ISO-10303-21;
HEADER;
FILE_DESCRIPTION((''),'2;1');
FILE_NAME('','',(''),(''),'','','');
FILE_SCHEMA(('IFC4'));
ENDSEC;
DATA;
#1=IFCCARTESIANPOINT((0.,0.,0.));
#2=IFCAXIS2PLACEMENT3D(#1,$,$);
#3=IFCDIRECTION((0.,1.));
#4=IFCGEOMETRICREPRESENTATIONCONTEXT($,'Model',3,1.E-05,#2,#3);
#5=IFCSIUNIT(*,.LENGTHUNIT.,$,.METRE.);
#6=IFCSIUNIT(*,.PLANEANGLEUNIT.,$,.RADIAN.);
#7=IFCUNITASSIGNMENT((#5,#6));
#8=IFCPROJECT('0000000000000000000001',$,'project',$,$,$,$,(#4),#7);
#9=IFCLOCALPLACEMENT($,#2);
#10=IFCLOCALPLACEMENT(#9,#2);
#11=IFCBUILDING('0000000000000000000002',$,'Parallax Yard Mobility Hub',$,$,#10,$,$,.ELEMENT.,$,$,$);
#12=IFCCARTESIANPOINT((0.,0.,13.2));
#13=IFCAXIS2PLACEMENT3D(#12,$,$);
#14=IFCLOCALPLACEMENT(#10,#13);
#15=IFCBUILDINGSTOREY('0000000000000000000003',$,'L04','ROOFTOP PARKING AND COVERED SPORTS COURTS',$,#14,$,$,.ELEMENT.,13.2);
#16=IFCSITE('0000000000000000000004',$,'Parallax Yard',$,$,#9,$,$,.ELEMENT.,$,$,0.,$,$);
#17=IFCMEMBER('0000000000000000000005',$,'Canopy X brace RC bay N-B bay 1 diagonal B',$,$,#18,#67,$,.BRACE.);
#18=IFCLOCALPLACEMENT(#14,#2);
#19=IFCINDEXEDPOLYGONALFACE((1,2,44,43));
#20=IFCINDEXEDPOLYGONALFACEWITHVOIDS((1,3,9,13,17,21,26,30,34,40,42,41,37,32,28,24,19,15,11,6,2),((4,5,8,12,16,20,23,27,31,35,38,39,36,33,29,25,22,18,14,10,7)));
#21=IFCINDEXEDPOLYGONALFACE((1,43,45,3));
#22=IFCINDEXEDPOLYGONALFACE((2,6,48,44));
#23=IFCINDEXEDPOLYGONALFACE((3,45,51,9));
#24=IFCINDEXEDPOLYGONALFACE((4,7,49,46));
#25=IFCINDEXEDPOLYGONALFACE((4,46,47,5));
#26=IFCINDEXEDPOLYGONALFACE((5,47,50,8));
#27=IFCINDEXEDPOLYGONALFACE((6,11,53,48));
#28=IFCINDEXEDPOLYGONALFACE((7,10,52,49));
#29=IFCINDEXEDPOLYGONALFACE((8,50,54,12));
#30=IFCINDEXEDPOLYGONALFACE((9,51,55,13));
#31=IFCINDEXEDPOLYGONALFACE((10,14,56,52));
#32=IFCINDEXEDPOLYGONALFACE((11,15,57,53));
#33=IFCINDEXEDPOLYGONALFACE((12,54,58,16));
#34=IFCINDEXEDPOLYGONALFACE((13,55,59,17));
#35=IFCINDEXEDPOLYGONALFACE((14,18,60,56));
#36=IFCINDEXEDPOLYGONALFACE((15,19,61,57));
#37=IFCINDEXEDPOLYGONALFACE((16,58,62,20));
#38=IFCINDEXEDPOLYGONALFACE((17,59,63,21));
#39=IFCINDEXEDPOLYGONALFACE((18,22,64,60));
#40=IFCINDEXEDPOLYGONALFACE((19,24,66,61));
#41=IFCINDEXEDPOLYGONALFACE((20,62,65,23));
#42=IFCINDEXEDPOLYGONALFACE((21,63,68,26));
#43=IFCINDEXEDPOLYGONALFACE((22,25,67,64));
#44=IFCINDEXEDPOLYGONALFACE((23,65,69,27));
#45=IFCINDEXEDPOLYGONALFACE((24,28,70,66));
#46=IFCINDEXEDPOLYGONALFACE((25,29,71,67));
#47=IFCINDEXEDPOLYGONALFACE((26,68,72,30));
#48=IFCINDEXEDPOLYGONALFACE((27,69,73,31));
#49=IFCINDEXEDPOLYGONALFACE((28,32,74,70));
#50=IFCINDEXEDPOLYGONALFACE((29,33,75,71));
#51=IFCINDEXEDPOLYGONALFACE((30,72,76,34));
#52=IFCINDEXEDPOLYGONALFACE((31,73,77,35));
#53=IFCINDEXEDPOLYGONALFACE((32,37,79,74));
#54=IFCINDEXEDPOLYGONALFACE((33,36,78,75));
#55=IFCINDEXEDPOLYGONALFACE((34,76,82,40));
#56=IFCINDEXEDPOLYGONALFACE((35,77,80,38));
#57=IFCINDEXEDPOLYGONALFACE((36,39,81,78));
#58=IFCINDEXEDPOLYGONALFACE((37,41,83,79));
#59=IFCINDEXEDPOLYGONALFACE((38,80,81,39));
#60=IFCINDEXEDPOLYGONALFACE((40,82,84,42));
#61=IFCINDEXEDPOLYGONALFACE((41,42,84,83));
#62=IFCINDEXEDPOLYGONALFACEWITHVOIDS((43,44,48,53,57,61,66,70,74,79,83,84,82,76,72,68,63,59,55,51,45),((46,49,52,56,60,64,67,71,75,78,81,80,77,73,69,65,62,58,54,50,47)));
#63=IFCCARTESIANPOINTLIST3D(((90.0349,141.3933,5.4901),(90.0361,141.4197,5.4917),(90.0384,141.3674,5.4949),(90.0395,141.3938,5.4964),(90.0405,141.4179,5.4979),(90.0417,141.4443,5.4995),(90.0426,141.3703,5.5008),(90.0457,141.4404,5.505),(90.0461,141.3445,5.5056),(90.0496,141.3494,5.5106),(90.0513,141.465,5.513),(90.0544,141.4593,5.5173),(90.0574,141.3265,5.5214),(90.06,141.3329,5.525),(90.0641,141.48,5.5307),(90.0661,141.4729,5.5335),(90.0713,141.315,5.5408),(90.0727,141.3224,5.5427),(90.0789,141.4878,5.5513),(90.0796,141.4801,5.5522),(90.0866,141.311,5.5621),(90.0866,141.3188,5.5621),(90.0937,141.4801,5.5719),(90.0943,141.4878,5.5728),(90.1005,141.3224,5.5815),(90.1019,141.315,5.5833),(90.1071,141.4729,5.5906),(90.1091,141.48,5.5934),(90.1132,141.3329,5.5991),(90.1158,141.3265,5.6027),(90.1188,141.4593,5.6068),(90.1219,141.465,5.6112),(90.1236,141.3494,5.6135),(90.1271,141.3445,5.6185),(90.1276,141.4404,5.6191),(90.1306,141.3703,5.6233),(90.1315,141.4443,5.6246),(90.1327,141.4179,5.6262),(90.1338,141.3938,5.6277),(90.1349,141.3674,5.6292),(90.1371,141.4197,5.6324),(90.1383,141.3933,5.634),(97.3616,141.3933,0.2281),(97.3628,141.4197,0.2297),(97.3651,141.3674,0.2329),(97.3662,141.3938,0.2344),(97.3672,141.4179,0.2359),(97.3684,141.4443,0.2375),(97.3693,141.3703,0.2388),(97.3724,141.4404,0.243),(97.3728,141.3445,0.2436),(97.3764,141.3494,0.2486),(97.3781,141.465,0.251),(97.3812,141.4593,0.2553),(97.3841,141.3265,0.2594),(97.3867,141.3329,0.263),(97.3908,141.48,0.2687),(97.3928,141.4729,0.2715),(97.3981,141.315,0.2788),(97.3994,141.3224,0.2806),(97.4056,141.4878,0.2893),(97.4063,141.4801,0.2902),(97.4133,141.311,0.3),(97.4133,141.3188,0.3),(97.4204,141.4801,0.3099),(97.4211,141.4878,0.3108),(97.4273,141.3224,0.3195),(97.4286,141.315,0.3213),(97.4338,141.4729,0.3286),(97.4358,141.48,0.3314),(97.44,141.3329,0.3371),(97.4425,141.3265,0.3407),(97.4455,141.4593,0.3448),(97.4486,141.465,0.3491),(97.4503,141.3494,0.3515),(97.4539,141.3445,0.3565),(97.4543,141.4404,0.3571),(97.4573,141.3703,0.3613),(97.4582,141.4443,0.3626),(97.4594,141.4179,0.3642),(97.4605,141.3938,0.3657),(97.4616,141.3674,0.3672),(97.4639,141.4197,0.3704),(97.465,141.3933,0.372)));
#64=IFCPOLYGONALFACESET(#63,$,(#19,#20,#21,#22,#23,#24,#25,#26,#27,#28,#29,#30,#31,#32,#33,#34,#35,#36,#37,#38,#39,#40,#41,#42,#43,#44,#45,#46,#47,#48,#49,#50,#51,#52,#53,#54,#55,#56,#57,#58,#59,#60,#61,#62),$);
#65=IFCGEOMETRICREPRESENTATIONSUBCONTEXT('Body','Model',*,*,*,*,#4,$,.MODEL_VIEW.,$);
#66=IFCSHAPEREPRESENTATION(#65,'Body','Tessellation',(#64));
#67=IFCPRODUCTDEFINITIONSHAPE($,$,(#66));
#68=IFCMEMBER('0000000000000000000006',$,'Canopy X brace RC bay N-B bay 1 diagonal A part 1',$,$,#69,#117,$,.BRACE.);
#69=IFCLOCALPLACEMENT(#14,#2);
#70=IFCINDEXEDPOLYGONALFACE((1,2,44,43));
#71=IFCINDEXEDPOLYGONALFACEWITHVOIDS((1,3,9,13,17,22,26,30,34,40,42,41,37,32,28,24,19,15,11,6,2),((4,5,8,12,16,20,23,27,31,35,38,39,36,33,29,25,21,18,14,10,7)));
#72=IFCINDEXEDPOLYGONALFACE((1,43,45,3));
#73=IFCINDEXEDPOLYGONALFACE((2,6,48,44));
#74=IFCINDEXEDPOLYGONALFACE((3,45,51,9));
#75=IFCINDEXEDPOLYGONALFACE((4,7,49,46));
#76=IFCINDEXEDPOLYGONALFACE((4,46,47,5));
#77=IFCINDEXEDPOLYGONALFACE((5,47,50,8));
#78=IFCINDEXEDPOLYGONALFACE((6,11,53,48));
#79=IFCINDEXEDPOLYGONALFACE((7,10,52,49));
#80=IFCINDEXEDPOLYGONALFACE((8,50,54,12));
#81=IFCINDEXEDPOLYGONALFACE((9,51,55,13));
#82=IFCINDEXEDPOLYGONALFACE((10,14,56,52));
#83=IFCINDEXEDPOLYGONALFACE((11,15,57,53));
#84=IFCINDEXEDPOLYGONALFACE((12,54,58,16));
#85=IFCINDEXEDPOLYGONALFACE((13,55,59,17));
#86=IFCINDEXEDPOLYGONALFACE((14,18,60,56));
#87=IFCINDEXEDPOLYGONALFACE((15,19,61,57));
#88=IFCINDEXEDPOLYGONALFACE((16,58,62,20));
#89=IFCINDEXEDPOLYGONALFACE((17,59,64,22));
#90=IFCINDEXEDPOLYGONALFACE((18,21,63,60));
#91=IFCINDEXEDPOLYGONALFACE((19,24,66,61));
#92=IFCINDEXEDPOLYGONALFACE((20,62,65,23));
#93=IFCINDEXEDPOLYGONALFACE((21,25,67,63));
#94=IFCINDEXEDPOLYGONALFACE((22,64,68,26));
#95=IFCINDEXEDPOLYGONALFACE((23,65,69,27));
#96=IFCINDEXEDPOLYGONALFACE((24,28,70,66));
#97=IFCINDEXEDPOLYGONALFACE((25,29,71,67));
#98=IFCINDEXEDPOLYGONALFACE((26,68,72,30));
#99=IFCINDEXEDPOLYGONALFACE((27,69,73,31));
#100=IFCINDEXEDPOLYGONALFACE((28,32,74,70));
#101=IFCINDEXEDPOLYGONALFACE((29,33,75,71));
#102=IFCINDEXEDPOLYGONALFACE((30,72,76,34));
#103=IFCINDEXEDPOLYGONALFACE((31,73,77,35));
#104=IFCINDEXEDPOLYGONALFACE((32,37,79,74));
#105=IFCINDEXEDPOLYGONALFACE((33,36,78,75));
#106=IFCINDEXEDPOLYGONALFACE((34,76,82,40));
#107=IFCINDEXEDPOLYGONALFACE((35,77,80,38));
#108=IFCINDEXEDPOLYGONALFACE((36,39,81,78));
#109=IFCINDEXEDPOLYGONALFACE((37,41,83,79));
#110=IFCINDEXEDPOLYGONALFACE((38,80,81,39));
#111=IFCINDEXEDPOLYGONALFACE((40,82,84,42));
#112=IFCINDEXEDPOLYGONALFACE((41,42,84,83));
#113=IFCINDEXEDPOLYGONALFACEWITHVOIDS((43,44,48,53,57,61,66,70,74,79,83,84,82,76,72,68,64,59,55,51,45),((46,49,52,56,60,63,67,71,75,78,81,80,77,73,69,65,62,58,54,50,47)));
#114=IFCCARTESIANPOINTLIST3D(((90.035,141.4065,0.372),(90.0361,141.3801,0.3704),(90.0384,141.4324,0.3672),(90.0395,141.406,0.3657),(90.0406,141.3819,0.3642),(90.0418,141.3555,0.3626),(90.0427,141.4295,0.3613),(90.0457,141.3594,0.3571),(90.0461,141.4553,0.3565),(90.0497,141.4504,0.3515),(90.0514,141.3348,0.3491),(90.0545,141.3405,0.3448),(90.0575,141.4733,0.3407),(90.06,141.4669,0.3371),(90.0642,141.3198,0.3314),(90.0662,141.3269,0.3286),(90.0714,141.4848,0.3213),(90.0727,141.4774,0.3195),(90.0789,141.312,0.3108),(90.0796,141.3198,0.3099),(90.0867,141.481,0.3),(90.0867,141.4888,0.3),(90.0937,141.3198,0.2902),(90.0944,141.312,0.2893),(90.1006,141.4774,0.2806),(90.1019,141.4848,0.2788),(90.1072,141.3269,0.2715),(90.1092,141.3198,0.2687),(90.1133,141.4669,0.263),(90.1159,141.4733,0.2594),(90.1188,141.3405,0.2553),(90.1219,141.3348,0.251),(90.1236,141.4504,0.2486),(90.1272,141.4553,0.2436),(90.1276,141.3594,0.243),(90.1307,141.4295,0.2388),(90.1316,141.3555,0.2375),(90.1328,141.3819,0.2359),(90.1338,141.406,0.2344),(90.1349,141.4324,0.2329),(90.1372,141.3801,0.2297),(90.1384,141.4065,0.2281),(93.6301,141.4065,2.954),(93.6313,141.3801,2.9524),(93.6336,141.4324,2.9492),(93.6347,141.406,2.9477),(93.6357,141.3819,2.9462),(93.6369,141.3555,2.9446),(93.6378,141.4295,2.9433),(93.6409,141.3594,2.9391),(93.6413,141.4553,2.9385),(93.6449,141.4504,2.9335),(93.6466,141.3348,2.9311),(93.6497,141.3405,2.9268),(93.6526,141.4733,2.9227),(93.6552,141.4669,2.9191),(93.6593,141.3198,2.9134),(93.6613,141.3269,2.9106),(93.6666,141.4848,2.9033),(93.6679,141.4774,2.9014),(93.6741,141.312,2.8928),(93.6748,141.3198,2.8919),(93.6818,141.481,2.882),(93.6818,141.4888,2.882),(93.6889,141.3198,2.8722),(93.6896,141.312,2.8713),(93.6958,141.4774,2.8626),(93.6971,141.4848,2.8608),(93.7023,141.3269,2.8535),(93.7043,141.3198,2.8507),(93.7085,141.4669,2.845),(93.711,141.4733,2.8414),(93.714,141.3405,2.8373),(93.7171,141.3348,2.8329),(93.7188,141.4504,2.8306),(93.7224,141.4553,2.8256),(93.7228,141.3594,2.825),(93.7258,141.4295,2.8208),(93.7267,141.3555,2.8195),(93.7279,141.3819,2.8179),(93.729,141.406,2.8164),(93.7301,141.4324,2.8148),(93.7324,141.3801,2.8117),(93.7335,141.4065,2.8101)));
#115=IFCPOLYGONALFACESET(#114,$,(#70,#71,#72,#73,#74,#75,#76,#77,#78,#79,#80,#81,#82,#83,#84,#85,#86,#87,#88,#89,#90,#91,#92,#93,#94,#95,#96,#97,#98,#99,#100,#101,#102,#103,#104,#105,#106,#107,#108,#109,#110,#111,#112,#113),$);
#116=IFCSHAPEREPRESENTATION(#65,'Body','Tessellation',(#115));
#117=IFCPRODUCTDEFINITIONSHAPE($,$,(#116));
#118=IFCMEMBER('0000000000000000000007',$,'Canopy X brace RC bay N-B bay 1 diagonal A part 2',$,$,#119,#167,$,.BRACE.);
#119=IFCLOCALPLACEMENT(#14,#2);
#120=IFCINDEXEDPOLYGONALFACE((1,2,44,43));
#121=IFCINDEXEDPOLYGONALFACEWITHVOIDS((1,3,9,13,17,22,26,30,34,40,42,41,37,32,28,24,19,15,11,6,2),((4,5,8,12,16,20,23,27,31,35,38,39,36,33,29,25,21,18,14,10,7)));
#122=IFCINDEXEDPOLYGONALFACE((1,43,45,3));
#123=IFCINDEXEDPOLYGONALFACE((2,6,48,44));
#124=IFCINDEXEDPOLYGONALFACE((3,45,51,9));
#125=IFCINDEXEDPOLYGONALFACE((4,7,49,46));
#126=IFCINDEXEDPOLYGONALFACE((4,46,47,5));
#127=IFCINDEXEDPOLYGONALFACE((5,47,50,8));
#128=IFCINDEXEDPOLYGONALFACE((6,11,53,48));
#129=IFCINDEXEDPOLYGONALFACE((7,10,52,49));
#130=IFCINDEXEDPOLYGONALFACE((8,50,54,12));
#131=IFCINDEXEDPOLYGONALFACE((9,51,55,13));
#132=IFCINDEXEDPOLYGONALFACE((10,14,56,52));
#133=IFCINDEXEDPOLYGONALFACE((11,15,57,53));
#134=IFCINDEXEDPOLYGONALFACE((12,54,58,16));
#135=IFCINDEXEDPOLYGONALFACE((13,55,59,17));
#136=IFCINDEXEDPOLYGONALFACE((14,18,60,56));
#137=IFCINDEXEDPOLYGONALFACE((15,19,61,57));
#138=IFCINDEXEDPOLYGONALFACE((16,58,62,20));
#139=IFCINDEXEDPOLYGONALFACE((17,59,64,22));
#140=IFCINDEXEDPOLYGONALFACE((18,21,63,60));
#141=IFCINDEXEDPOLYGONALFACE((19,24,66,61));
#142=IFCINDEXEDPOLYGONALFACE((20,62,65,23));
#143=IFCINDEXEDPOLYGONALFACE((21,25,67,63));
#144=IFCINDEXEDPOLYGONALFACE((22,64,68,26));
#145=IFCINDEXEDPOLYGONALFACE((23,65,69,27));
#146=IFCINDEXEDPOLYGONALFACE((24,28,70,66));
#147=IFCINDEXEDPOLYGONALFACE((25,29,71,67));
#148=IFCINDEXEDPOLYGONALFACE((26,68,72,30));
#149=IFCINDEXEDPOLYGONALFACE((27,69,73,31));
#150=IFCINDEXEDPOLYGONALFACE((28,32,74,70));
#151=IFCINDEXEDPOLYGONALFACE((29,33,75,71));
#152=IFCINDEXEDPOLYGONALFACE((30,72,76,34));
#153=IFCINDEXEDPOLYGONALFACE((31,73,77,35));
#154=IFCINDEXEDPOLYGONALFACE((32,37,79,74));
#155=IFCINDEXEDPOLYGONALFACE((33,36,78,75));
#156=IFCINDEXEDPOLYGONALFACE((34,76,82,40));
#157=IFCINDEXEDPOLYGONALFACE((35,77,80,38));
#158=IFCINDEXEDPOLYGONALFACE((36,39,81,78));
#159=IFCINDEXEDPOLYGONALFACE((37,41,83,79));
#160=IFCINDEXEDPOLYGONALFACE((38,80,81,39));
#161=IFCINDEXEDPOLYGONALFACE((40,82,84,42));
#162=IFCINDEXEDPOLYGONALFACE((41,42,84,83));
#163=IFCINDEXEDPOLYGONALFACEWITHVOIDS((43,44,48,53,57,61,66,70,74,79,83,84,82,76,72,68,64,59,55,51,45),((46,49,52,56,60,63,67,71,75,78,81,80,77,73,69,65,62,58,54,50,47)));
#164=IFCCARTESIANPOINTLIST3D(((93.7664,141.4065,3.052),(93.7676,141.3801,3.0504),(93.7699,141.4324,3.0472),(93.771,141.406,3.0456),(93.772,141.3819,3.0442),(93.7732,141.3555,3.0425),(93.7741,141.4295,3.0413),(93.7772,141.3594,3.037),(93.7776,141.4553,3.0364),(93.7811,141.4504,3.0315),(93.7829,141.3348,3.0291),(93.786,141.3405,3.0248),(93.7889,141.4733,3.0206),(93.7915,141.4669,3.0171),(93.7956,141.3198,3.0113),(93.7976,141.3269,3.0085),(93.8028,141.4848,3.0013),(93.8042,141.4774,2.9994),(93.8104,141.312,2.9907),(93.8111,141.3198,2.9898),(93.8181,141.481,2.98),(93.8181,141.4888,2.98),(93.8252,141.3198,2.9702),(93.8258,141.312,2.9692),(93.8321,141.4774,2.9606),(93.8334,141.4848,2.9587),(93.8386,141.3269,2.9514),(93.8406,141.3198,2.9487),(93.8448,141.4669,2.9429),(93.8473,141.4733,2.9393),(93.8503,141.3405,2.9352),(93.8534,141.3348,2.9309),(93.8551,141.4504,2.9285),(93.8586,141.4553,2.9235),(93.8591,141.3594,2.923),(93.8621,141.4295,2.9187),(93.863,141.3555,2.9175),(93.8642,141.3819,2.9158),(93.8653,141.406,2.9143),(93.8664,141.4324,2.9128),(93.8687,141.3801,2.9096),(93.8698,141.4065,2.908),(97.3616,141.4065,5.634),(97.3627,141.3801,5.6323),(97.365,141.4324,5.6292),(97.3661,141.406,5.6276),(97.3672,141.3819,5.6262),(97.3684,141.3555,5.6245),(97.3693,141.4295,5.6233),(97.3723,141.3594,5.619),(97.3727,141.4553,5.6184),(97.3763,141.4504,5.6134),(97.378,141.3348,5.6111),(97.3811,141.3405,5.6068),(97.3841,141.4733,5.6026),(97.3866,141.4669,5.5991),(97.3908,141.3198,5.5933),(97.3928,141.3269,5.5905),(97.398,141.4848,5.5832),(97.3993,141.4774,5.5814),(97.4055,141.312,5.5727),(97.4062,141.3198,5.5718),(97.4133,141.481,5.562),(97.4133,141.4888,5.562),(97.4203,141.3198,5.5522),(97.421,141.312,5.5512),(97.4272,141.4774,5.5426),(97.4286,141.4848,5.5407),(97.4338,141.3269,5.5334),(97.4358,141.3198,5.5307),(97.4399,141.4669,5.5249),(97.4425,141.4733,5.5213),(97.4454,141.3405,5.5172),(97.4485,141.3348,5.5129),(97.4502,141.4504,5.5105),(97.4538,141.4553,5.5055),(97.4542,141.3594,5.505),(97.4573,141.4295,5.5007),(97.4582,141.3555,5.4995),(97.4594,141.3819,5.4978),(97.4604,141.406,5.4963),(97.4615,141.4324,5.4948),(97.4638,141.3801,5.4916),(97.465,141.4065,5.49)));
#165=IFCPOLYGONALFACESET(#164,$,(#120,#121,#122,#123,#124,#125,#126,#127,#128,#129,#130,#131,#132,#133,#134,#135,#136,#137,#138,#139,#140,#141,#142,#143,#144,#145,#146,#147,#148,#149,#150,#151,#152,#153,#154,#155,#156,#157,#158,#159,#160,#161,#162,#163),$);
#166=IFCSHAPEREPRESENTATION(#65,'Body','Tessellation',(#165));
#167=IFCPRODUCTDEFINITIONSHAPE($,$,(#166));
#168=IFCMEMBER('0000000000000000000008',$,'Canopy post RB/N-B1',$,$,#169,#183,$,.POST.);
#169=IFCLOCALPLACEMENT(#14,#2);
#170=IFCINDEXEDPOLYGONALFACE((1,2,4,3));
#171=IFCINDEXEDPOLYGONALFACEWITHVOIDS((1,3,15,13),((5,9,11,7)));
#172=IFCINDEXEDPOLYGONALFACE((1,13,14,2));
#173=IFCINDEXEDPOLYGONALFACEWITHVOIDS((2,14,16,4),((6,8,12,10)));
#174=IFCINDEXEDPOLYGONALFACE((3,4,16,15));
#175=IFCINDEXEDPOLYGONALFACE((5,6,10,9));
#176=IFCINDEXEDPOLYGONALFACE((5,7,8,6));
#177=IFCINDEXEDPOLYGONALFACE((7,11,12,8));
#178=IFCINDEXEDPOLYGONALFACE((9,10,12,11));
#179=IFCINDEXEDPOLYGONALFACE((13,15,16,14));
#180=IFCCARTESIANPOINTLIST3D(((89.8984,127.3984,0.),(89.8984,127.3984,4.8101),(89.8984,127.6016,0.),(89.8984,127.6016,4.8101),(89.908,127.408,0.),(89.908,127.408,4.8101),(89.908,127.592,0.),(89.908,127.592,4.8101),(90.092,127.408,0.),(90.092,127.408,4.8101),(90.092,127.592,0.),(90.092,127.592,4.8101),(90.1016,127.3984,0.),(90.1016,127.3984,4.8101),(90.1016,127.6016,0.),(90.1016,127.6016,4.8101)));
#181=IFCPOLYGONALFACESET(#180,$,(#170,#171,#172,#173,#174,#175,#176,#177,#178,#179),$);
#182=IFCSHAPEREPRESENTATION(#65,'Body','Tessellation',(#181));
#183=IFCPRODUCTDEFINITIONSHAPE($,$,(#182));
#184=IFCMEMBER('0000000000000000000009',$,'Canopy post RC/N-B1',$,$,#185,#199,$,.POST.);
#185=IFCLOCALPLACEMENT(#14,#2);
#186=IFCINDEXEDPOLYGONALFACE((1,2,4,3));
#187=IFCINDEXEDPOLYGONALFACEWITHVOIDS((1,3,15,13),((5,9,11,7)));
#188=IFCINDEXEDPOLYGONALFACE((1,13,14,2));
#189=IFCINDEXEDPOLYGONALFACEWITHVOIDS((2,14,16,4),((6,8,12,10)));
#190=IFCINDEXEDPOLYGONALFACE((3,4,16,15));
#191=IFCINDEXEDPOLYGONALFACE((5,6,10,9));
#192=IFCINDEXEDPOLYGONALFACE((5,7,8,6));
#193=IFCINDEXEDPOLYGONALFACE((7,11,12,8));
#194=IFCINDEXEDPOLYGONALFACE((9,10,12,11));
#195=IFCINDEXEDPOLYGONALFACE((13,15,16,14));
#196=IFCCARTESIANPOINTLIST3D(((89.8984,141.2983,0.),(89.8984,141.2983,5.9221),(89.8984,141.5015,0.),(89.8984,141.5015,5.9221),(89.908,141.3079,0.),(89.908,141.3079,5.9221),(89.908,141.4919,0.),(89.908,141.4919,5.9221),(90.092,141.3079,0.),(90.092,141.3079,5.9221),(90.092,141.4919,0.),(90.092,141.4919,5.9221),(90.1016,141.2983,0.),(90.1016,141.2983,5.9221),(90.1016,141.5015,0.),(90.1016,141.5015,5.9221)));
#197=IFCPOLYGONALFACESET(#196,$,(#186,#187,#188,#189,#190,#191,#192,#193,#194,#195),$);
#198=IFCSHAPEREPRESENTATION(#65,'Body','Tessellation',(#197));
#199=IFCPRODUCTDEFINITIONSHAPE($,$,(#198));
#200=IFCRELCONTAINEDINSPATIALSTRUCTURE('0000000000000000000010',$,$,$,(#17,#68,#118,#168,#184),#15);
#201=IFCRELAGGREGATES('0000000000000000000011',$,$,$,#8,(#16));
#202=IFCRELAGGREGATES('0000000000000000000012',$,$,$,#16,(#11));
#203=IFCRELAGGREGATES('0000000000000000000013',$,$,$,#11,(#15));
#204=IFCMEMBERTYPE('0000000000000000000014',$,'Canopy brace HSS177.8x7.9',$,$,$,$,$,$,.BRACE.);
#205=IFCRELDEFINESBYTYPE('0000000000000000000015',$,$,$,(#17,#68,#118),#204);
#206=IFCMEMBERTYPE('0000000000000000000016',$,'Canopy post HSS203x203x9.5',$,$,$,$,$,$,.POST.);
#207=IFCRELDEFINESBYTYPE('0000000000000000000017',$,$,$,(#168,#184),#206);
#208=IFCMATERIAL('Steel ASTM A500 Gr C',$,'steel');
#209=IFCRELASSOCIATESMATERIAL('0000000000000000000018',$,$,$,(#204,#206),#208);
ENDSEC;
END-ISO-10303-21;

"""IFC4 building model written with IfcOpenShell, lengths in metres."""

from ifc_helpers import new_model, si_unit, direction, frame, origin, origin_2d, place, context, subcontext, project, spatial, hollow_rectangle, hollow_circle, extrude, material, material_profile, profile_set, type_object, element, save


model = new_model("IFC4")

# Units and contexts
model_context = context("Model", 3, precision=1e-05, world=origin(), true_north=direction((0.0, 1.0)))
body_context = subcontext(model_context, "Body", "Model", "MODEL_VIEW")
ifc_project = project(units=[si_unit("LENGTHUNIT", "METRE"), si_unit("PLANEANGLEUNIT", "RADIAN")], contexts=[model_context])

# Site, building, storey
site_placement = place(None, origin())
site = spatial("IfcSite", under=ifc_project, at=site_placement, Name="Parallax Yard", CompositionType="ELEMENT", RefElevation=0.0)
building_placement = place(site_placement, origin())
building = spatial("IfcBuilding", under=site, at=building_placement, Name="Parallax Yard Mobility Hub", CompositionType="ELEMENT")
storey_placement = place(building_placement, frame((0.0, 0.0, 13.2)))
storey = spatial("IfcBuildingStorey", under=building, at=storey_placement, Name="L04", Description="ROOFTOP PARKING AND COVERED SPORTS COURTS", CompositionType="ELEMENT", Elevation=13.2)

# Members
ifc_material_1 = material(Name="Steel ASTM A500 Gr C", Category="steel")
ifc_material_profile_1 = material_profile(ifc_material_1, hollow_circle(Radius=0.0889, WallThickness=0.0078, at=origin_2d()), Name="HSS177.8x7.9")
ifc_profile_set_1 = profile_set([ifc_material_profile_1], Name="Steel ASTM A500 Gr C")
member_type_1 = type_object("IfcMemberType", Name="Canopy brace HSS177.8x7.9", PredefinedType="BRACE", material=ifc_profile_set_1)
member_1_placement = place(storey_placement, frame((97.4133, 141.3999, 0.3), z_axis=(-0.812229, 0.0, 0.583338), x_axis=(0.0, -1.0, 0.0)))
element("IfcMember", 1, at=member_1_placement, inside=storey, type_object=member_type_1, Name="Canopy X brace RC bay N-B bay 1 diagonal B", PredefinedType="BRACE", context=body_context, shape_type="SweptSolid", body=[
    extrude(hollow_circle(Radius=0.0889, WallThickness=0.0078, at=origin_2d()), origin(), (0.0, 0.0, 1.0), 9.0205),
])
for number, where, z_axis, x_axis, name in (
    (2, (90.0867, 141.3999, 0.3), (0.812233, 0.0, 0.583334), (0.0, 1.0, 0.0), "Canopy X brace RC bay N-B bay 1 diagonal A part 1"),
    (3, (93.8181, 141.3999, 2.98), (0.812233, 0.0, 0.583334), (0.0, 1.0, 0.0), "Canopy X brace RC bay N-B bay 1 diagonal A part 2"),
):
    element("IfcMember", number, at=place(storey_placement, frame(where, z_axis=z_axis, x_axis=x_axis)), inside=storey, type_object=member_type_1, Name=name, PredefinedType="BRACE", context=body_context, shape_type="SweptSolid", body=[
        extrude(hollow_circle(Radius=0.0889, WallThickness=0.0078, at=origin_2d()), origin(), (0.0, 0.0, 1.0), 4.4263),
    ])
ifc_material_profile_2 = material_profile(ifc_material_1, hollow_rectangle(XDim=0.2031, YDim=0.2031, WallThickness=0.0095, at=origin_2d()), Name="HSS203x203x9.5")
ifc_profile_set_2 = profile_set([ifc_material_profile_2], Name="Steel ASTM A500 Gr C")
member_type_2 = type_object("IfcMemberType", Name="Canopy post HSS203x203x9.5", PredefinedType="POST", material=ifc_profile_set_2)
member_2_placement = place(storey_placement, frame((90.0, 127.5, 0.0), z_axis=(0.0, 0.0, 1.0), x_axis=(1.0, 0.0, 0.0)))
element("IfcMember", 4, at=member_2_placement, inside=storey, type_object=member_type_2, Name="Canopy post RB/N-B1", PredefinedType="POST", context=body_context, shape_type="SweptSolid", body=[
    extrude(hollow_rectangle(XDim=0.2031, YDim=0.2031, WallThickness=0.0095, at=origin_2d()), origin(), (0.0, 0.0, 1.0), 4.8101),
])
member_3_placement = place(storey_placement, frame((90.0, 141.3999, 0.0), z_axis=(0.0, 0.0, 1.0), x_axis=(1.0, 0.0, 0.0)))
element("IfcMember", 5, at=member_3_placement, inside=storey, type_object=member_type_2, Name="Canopy post RC/N-B1", PredefinedType="POST", context=body_context, shape_type="SweptSolid", body=[
    extrude(hollow_rectangle(XDim=0.2031, YDim=0.2031, WallThickness=0.0095, at=origin_2d()), origin(), (0.0, 0.0, 1.0), 5.9221),
])

save(model, "model.ifc")
